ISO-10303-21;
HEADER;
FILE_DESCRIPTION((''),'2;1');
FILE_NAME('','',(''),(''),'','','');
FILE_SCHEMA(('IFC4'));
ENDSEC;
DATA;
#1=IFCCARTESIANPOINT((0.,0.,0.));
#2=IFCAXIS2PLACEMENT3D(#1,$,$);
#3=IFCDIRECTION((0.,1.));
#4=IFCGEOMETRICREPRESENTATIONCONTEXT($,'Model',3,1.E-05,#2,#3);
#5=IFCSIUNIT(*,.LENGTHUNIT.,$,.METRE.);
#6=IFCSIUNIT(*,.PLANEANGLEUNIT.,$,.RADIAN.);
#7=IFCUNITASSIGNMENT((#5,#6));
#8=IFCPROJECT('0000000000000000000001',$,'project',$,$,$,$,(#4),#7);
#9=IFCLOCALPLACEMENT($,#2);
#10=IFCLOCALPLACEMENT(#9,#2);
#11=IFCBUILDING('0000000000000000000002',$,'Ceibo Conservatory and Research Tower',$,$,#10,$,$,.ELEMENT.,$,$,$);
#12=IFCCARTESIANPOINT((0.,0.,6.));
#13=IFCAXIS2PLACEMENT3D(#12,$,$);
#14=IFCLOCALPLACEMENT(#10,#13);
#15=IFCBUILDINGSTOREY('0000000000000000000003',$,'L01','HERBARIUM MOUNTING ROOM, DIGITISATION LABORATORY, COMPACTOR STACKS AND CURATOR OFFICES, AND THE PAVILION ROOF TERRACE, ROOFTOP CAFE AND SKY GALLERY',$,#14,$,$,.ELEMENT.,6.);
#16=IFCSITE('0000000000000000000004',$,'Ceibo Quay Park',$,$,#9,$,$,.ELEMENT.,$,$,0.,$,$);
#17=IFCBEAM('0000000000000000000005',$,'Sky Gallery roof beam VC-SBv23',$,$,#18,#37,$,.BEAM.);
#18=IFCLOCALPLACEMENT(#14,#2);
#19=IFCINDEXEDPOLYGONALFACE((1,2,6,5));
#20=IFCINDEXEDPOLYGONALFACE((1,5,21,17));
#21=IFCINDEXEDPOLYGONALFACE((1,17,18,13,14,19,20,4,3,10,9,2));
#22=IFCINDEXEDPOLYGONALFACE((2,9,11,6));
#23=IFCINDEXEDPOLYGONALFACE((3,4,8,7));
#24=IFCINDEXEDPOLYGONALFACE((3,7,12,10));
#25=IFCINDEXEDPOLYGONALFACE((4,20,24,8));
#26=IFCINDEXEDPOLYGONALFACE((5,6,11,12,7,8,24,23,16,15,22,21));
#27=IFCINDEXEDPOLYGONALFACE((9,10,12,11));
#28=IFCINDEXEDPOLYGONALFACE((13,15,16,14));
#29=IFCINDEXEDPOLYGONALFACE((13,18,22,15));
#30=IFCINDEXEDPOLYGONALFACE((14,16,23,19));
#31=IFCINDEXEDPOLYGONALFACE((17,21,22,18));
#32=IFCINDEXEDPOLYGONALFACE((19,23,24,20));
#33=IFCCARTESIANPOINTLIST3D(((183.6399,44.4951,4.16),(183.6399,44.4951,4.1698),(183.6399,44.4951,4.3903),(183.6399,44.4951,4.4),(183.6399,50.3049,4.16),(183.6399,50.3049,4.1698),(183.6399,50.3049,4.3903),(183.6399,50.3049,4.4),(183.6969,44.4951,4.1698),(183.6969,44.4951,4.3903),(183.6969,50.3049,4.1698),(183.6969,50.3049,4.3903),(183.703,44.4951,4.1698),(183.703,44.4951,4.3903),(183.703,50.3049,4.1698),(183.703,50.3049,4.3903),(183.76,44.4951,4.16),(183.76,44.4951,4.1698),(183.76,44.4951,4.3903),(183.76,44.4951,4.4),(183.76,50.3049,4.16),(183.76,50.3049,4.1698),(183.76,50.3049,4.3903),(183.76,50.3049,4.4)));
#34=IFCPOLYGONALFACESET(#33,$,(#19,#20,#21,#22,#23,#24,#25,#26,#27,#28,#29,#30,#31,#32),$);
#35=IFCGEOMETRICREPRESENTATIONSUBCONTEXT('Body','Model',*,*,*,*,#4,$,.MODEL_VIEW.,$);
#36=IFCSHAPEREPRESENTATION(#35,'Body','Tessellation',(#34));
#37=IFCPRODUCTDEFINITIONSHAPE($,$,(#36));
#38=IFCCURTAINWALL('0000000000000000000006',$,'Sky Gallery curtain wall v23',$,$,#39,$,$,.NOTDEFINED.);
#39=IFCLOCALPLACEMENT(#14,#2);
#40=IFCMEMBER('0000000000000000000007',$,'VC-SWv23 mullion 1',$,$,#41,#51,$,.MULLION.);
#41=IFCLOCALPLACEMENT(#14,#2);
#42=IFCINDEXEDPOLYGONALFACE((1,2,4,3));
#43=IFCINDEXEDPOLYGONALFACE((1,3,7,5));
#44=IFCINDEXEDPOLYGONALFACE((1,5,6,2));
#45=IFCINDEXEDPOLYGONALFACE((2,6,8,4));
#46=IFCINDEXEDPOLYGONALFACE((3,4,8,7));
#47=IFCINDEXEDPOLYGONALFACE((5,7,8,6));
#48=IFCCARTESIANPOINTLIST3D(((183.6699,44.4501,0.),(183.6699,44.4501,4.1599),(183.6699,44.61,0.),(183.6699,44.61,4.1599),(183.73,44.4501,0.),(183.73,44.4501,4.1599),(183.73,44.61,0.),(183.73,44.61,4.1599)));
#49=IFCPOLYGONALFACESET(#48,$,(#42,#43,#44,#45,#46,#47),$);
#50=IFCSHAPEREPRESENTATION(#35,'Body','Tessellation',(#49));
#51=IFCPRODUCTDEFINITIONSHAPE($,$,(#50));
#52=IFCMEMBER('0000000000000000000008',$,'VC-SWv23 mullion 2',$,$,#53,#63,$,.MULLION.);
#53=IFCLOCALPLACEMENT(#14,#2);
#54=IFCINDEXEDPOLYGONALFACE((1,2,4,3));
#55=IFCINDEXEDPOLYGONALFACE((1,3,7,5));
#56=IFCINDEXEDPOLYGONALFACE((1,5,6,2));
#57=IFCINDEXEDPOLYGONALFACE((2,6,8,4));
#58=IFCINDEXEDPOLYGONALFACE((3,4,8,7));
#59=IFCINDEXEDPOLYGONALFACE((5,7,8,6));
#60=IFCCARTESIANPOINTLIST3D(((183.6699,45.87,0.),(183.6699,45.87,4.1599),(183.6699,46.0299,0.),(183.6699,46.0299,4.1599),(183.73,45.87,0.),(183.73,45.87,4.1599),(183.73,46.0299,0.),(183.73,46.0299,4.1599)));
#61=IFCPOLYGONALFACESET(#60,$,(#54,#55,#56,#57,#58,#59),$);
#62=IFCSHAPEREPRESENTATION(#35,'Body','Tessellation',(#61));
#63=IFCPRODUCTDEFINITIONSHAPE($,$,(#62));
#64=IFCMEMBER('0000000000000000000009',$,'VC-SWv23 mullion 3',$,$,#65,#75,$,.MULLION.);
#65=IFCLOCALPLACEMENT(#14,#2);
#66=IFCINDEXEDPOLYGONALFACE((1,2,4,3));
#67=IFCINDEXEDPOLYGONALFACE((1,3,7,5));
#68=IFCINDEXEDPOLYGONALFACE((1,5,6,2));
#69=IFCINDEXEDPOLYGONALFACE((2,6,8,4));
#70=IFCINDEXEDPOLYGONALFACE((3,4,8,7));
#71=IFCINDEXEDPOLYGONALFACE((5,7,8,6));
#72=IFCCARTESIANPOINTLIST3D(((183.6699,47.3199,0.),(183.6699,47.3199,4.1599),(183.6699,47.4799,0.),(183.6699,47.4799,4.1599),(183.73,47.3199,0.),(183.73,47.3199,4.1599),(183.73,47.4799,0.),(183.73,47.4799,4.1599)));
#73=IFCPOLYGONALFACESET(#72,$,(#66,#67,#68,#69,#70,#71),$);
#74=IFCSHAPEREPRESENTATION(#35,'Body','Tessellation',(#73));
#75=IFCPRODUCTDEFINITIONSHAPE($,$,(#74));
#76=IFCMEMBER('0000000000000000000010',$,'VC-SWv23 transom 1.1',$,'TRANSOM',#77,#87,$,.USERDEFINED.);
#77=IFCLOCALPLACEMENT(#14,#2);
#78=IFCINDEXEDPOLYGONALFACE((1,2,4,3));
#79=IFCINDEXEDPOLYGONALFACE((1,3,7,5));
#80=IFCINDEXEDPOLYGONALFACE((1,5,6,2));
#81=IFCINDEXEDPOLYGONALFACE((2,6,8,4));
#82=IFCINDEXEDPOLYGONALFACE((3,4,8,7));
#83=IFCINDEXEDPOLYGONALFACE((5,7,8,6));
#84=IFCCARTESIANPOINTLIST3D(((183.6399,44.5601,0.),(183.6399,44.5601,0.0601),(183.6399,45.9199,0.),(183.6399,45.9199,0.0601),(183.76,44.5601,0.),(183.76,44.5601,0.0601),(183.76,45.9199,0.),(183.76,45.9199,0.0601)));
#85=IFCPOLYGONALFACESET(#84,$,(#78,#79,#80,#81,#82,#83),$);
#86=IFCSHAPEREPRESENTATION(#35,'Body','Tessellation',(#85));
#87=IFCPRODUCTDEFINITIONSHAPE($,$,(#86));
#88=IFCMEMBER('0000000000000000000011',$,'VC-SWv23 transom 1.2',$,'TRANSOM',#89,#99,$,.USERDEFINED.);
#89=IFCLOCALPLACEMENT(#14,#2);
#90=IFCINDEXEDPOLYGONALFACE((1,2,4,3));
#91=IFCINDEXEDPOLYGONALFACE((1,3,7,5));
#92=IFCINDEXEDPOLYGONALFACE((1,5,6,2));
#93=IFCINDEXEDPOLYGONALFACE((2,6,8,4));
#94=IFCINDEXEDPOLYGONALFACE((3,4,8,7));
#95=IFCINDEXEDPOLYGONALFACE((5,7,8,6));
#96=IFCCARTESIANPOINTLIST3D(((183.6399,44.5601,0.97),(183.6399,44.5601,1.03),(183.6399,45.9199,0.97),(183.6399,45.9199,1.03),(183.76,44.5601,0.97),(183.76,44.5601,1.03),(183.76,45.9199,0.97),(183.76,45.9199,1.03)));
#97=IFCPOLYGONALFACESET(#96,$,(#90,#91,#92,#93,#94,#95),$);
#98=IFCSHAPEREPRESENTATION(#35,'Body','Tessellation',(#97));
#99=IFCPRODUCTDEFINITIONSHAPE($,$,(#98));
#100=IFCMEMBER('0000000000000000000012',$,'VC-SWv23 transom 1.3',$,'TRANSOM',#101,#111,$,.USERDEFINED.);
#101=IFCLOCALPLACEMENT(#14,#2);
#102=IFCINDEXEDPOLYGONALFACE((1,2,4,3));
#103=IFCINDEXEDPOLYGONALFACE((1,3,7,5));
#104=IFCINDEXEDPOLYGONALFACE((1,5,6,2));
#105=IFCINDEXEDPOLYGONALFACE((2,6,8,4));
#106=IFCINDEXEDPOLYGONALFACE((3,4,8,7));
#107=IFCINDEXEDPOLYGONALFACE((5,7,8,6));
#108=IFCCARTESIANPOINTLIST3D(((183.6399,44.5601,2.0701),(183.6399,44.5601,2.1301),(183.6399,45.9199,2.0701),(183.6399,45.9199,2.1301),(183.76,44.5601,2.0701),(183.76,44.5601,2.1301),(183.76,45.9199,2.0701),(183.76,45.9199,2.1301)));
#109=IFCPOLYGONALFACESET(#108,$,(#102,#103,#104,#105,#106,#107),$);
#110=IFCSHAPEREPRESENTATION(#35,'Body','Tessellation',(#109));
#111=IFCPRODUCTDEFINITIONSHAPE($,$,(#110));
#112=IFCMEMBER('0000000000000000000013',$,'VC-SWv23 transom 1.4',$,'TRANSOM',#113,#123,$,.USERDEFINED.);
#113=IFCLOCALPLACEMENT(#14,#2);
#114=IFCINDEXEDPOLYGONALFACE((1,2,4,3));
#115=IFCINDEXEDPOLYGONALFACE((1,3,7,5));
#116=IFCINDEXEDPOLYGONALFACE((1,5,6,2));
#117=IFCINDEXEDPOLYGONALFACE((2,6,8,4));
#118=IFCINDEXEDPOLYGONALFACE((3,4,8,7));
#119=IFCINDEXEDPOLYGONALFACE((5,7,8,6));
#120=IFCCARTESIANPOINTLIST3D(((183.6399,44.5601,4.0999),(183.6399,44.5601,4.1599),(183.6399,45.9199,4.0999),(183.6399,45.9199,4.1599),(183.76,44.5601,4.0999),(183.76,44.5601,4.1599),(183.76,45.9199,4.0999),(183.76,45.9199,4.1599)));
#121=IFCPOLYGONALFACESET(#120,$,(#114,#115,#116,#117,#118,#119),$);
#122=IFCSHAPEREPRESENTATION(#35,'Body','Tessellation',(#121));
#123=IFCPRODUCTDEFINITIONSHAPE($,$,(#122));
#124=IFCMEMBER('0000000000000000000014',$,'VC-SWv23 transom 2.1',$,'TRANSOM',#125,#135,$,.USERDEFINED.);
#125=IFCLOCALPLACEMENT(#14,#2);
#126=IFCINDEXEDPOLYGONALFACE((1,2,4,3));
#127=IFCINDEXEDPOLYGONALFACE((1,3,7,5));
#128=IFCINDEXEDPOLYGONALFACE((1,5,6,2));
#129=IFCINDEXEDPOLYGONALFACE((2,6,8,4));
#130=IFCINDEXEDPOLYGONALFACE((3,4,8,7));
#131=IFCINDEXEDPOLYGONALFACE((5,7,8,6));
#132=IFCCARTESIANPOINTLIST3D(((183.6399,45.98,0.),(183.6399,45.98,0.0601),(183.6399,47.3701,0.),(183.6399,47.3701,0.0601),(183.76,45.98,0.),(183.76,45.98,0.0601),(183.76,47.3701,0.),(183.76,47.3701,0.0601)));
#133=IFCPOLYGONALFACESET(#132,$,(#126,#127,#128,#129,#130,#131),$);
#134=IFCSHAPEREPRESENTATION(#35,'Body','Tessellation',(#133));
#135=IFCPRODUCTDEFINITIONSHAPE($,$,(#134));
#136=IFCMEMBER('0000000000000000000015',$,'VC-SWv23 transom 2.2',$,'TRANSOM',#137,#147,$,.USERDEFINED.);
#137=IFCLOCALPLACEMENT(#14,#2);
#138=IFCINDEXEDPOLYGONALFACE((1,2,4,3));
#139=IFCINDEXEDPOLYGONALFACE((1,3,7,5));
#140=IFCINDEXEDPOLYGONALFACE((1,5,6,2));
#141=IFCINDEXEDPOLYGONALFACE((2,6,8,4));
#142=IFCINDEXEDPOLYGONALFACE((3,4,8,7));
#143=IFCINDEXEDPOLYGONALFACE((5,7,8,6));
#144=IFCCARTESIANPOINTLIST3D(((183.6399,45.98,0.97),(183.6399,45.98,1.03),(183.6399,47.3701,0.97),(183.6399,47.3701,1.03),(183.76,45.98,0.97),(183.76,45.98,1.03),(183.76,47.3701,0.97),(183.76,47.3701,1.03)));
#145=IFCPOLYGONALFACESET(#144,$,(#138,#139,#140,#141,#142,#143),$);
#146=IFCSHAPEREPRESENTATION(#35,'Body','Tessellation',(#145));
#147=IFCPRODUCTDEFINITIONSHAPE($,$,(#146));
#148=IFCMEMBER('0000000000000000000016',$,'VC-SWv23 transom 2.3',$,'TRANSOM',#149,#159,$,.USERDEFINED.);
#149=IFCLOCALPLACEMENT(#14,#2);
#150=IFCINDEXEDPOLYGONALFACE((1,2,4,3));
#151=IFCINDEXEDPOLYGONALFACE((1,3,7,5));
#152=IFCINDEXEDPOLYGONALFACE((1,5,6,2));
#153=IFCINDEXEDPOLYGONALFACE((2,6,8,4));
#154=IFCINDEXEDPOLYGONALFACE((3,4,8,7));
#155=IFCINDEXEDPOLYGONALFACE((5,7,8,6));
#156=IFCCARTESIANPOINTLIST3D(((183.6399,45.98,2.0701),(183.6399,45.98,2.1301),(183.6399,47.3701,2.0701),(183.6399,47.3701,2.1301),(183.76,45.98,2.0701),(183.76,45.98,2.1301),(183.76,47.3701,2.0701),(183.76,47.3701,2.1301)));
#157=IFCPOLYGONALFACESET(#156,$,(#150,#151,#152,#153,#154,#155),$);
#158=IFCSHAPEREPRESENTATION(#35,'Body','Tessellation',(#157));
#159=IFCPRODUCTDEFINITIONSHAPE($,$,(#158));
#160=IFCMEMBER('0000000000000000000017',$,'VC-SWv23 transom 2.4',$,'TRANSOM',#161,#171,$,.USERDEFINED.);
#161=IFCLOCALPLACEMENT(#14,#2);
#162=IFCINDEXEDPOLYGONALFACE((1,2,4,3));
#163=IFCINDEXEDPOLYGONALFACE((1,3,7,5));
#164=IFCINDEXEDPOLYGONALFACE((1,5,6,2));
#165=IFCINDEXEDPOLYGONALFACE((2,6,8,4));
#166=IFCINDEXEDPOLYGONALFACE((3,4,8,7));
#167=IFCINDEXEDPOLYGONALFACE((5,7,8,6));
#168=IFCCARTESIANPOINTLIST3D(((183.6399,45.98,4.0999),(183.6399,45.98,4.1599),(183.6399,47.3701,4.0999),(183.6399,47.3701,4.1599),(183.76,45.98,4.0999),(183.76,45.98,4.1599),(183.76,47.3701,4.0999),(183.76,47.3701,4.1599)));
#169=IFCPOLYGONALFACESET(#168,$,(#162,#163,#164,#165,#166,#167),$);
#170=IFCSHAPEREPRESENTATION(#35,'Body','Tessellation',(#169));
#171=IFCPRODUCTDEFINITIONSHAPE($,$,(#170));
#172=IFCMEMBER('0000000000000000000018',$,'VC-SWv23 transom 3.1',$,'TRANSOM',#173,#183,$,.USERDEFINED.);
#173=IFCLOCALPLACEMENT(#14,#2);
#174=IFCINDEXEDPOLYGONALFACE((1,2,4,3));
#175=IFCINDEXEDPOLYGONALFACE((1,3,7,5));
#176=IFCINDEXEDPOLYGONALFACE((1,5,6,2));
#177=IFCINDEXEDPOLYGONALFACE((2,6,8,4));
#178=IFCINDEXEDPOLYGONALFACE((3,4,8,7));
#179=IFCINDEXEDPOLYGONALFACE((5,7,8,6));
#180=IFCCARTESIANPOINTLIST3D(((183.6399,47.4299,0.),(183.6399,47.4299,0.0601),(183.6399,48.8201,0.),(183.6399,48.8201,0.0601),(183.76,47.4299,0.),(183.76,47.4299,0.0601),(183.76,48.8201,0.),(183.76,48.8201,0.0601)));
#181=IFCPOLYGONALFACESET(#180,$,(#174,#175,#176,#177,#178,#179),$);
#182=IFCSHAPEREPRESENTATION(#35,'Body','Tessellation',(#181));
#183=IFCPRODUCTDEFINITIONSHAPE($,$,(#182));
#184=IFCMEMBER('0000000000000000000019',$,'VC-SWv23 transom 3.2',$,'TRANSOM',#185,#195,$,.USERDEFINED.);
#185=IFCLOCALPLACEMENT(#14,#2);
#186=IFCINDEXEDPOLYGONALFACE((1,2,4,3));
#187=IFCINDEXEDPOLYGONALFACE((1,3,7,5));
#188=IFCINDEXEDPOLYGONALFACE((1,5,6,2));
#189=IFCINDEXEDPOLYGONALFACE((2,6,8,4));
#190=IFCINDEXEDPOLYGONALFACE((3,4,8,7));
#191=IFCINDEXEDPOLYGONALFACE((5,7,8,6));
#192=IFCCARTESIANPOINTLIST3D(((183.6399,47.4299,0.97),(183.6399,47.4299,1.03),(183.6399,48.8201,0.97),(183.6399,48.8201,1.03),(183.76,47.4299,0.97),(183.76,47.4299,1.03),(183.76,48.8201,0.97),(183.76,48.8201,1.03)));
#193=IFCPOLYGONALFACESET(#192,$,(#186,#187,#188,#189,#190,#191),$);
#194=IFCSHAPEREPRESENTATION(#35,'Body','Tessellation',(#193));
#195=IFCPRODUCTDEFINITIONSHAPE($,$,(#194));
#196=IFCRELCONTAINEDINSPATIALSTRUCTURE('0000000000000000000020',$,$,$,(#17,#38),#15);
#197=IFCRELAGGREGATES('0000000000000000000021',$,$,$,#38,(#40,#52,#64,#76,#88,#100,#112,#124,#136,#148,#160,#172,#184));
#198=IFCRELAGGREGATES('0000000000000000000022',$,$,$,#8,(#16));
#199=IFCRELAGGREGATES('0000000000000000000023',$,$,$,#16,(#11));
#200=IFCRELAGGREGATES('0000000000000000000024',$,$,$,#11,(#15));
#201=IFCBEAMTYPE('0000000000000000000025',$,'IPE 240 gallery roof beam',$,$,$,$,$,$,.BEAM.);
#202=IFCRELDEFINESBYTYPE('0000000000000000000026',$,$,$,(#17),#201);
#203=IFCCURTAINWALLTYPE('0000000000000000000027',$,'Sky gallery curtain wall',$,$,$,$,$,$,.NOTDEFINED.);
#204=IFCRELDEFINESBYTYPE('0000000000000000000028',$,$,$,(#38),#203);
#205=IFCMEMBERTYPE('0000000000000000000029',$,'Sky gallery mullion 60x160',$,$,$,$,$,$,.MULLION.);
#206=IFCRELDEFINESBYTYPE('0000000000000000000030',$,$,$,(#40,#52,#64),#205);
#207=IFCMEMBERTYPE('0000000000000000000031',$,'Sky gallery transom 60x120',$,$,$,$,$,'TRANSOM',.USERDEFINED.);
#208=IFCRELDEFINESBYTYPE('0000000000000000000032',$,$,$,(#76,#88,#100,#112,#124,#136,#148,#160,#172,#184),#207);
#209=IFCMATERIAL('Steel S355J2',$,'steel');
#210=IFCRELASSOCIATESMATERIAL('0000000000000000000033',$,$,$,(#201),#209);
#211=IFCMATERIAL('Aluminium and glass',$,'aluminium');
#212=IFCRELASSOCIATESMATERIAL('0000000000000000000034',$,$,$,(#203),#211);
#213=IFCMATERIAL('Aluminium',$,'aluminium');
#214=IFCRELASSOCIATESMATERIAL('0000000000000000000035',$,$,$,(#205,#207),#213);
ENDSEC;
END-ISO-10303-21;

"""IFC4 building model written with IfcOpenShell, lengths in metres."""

from ifc_helpers import new_model, si_unit, direction, frame, origin, origin_2d, place, context, subcontext, project, spatial, rectangle, i_section, extrude, material, material_profile, profile_set, type_object, element, aggregate, save


model = new_model("IFC4")

# Units and contexts
model_context = context("Model", 3, precision=1e-05, world=origin(), true_north=direction((0.0, 1.0)))
body_context = subcontext(model_context, "Body", "Model", "MODEL_VIEW")
ifc_project = project(units=[si_unit("LENGTHUNIT", "METRE"), si_unit("PLANEANGLEUNIT", "RADIAN")], contexts=[model_context])

# Site, building, storey
site_placement = place(None, origin())
site = spatial("IfcSite", under=ifc_project, at=site_placement, Name="Ceibo Quay Park", CompositionType="ELEMENT", RefElevation=0.0)
building_placement = place(site_placement, origin())
building = spatial("IfcBuilding", under=site, at=building_placement, Name="Ceibo Conservatory and Research Tower", CompositionType="ELEMENT")
storey_placement = place(building_placement, frame((0.0, 0.0, 6.0)))
storey = spatial("IfcBuildingStorey", under=building, at=storey_placement, Name="L01", Description="HERBARIUM MOUNTING ROOM, DIGITISATION LABORATORY, COMPACTOR STACKS AND CURATOR OFFICES, AND THE PAVILION ROOF TERRACE, ROOFTOP CAFE AND SKY GALLERY", CompositionType="ELEMENT", Elevation=6.0)

# Beam
ifc_material_1 = material(Name="Steel S355J2", Category="steel")
ifc_material_profile_1 = material_profile(ifc_material_1, i_section(OverallWidth=0.1201, OverallDepth=0.24, WebThickness=0.0061, FlangeThickness=0.0098, at=origin_2d()), Name="IPE 240")
ifc_profile_set_1 = profile_set([ifc_material_profile_1], Name="Steel S355J2")
beam_type = type_object("IfcBeamType", Name="IPE 240 gallery roof beam", PredefinedType="BEAM", material=ifc_profile_set_1)
beam_placement = place(storey_placement, frame((183.7, 44.4951, 4.28), z_axis=(0.0, 1.0, 0.0), x_axis=(-1.0, 0.0, 0.0)))
element("IfcBeam", 1, at=beam_placement, inside=storey, type_object=beam_type, Name="Sky Gallery roof beam VC-SBv23", PredefinedType="BEAM", context=body_context, shape_type="SweptSolid", body=[
    extrude(i_section(OverallWidth=0.1201, OverallDepth=0.24, WebThickness=0.0061, FlangeThickness=0.0098, at=origin_2d()), origin(), (0.0, 0.0, 1.0), 5.8098),
])

# Curtain wall, members
ifc_material_2 = material(Name="Aluminium and glass", Category="aluminium")
curtain_wall_type = type_object("IfcCurtainWallType", Name="Sky gallery curtain wall", PredefinedType="NOTDEFINED", material=ifc_material_2)
curtain_wall_placement = place(storey_placement, origin())
curtain_wall = element("IfcCurtainWall", 2, at=curtain_wall_placement, inside=storey, type_object=curtain_wall_type, Name="Sky Gallery curtain wall v23", PredefinedType="NOTDEFINED")
ifc_material_3 = material(Name="Aluminium", Category="aluminium")
ifc_material_profile_2 = material_profile(ifc_material_3, rectangle(XDim=0.0601, YDim=0.1599, at=origin_2d()), Name="AL 60x160")
ifc_profile_set_2 = profile_set([ifc_material_profile_2], Name="Aluminium")
member_type_1 = type_object("IfcMemberType", Name="Sky gallery mullion 60x160", PredefinedType="MULLION", material=ifc_profile_set_2)
member_1_placement = place(storey_placement, frame((183.7, 44.53, 0.0), z_axis=(0.0, 0.0, 1.0), x_axis=(-1.0, 0.0, 0.0)))
member_1 = element("IfcMember", 3, at=member_1_placement, type_object=member_type_1, Name="VC-SWv23 mullion 1", PredefinedType="MULLION", context=body_context, shape_type="SweptSolid", body=[
    extrude(rectangle(XDim=0.0601, YDim=0.1599, at=origin_2d()), origin(), (0.0, 0.0, 1.0), 4.1599),
])
member_2_placement = place(storey_placement, frame((183.7, 45.95, 0.0), z_axis=(0.0, 0.0, 1.0), x_axis=(-1.0, 0.0, 0.0)))
member_2 = element("IfcMember", 4, at=member_2_placement, type_object=member_type_1, Name="VC-SWv23 mullion 2", PredefinedType="MULLION", context=body_context, shape_type="SweptSolid", body=[
    extrude(rectangle(XDim=0.0601, YDim=0.1599, at=origin_2d()), origin(), (0.0, 0.0, 1.0), 4.1599),
])
member_3_placement = place(storey_placement, frame((183.7, 47.3999, 0.0), z_axis=(0.0, 0.0, 1.0), x_axis=(-1.0, 0.0, 0.0)))
member_3 = element("IfcMember", 5, at=member_3_placement, type_object=member_type_1, Name="VC-SWv23 mullion 3", PredefinedType="MULLION", context=body_context, shape_type="SweptSolid", body=[
    extrude(rectangle(XDim=0.0601, YDim=0.1599, at=origin_2d()), origin(), (0.0, 0.0, 1.0), 4.1599),
])
ifc_material_profile_3 = material_profile(ifc_material_3, rectangle(XDim=0.1201, YDim=0.0601, at=origin_2d()), Name="AL 60x120")
ifc_profile_set_3 = profile_set([ifc_material_profile_3], Name="Aluminium")
member_type_2 = type_object("IfcMemberType", Name="Sky gallery transom 60x120", ElementType="TRANSOM", PredefinedType="USERDEFINED", material=ifc_profile_set_3)
member_4_placement = place(storey_placement, frame((183.7, 44.5601, 0.03), z_axis=(0.0, 1.0, 0.0), x_axis=(-1.0, 0.0, 0.0)))
member_4 = element("IfcMember", 6, at=member_4_placement, type_object=member_type_2, Name="VC-SWv23 transom 1.1", ObjectType="TRANSOM", PredefinedType="USERDEFINED", context=body_context, shape_type="SweptSolid", body=[
    extrude(rectangle(XDim=0.1201, YDim=0.0601, at=origin_2d()), origin(), (0.0, 0.0, 1.0), 1.3599),
])
member_5_placement = place(storey_placement, frame((183.7, 44.5601, 1.0), z_axis=(0.0, 1.0, 0.0), x_axis=(-1.0, 0.0, 0.0)))
member_5 = element("IfcMember", 7, at=member_5_placement, type_object=member_type_2, Name="VC-SWv23 transom 1.2", ObjectType="TRANSOM", PredefinedType="USERDEFINED", context=body_context, shape_type="SweptSolid", body=[
    extrude(rectangle(XDim=0.1201, YDim=0.0601, at=origin_2d()), origin(), (0.0, 0.0, 1.0), 1.3599),
])
member_6_placement = place(storey_placement, frame((183.7, 44.5601, 2.1001), z_axis=(0.0, 1.0, 0.0), x_axis=(-1.0, 0.0, 0.0)))
member_6 = element("IfcMember", 8, at=member_6_placement, type_object=member_type_2, Name="VC-SWv23 transom 1.3", ObjectType="TRANSOM", PredefinedType="USERDEFINED", context=body_context, shape_type="SweptSolid", body=[
    extrude(rectangle(XDim=0.1201, YDim=0.0601, at=origin_2d()), origin(), (0.0, 0.0, 1.0), 1.3599),
])
member_7_placement = place(storey_placement, frame((183.7, 44.5601, 4.1299), z_axis=(0.0, 1.0, 0.0), x_axis=(-1.0, 0.0, 0.0)))
member_7 = element("IfcMember", 9, at=member_7_placement, type_object=member_type_2, Name="VC-SWv23 transom 1.4", ObjectType="TRANSOM", PredefinedType="USERDEFINED", context=body_context, shape_type="SweptSolid", body=[
    extrude(rectangle(XDim=0.1201, YDim=0.0601, at=origin_2d()), origin(), (0.0, 0.0, 1.0), 1.3599),
])
member_8_placement = place(storey_placement, frame((183.7, 45.98, 0.03), z_axis=(0.0, 1.0, 0.0), x_axis=(-1.0, 0.0, 0.0)))
member_8 = element("IfcMember", 10, at=member_8_placement, type_object=member_type_2, Name="VC-SWv23 transom 2.1", ObjectType="TRANSOM", PredefinedType="USERDEFINED", context=body_context, shape_type="SweptSolid", body=[
    extrude(rectangle(XDim=0.1201, YDim=0.0601, at=origin_2d()), origin(), (0.0, 0.0, 1.0), 1.3901),
])
member_9_placement = place(storey_placement, frame((183.7, 45.98, 1.0), z_axis=(0.0, 1.0, 0.0), x_axis=(-1.0, 0.0, 0.0)))
member_9 = element("IfcMember", 11, at=member_9_placement, type_object=member_type_2, Name="VC-SWv23 transom 2.2", ObjectType="TRANSOM", PredefinedType="USERDEFINED", context=body_context, shape_type="SweptSolid", body=[
    extrude(rectangle(XDim=0.1201, YDim=0.0601, at=origin_2d()), origin(), (0.0, 0.0, 1.0), 1.3901),
])
member_10_placement = place(storey_placement, frame((183.7, 45.98, 2.1001), z_axis=(0.0, 1.0, 0.0), x_axis=(-1.0, 0.0, 0.0)))
member_10 = element("IfcMember", 12, at=member_10_placement, type_object=member_type_2, Name="VC-SWv23 transom 2.3", ObjectType="TRANSOM", PredefinedType="USERDEFINED", context=body_context, shape_type="SweptSolid", body=[
    extrude(rectangle(XDim=0.1201, YDim=0.0601, at=origin_2d()), origin(), (0.0, 0.0, 1.0), 1.3901),
])
member_11_placement = place(storey_placement, frame((183.7, 45.98, 4.1299), z_axis=(0.0, 1.0, 0.0), x_axis=(-1.0, 0.0, 0.0)))
member_11 = element("IfcMember", 13, at=member_11_placement, type_object=member_type_2, Name="VC-SWv23 transom 2.4", ObjectType="TRANSOM", PredefinedType="USERDEFINED", context=body_context, shape_type="SweptSolid", body=[
    extrude(rectangle(XDim=0.1201, YDim=0.0601, at=origin_2d()), origin(), (0.0, 0.0, 1.0), 1.3901),
])
member_12_placement = place(storey_placement, frame((183.7, 47.4299, 0.03), z_axis=(0.0, 1.0, 0.0), x_axis=(-1.0, 0.0, 0.0)))
member_12 = element("IfcMember", 14, at=member_12_placement, type_object=member_type_2, Name="VC-SWv23 transom 3.1", ObjectType="TRANSOM", PredefinedType="USERDEFINED", context=body_context, shape_type="SweptSolid", body=[
    extrude(rectangle(XDim=0.1201, YDim=0.0601, at=origin_2d()), origin(), (0.0, 0.0, 1.0), 1.3901),
])
member_13_placement = place(storey_placement, frame((183.7, 47.4299, 1.0), z_axis=(0.0, 1.0, 0.0), x_axis=(-1.0, 0.0, 0.0)))
member_13 = element("IfcMember", 15, at=member_13_placement, type_object=member_type_2, Name="VC-SWv23 transom 3.2", ObjectType="TRANSOM", PredefinedType="USERDEFINED", context=body_context, shape_type="SweptSolid", body=[
    extrude(rectangle(XDim=0.1201, YDim=0.0601, at=origin_2d()), origin(), (0.0, 0.0, 1.0), 1.3901),
])
aggregate(curtain_wall, [member_1, member_2, member_3, member_4, member_5, member_6, member_7, member_8, member_9, member_10, member_11, member_12, member_13])

save(model, "model.ifc")
